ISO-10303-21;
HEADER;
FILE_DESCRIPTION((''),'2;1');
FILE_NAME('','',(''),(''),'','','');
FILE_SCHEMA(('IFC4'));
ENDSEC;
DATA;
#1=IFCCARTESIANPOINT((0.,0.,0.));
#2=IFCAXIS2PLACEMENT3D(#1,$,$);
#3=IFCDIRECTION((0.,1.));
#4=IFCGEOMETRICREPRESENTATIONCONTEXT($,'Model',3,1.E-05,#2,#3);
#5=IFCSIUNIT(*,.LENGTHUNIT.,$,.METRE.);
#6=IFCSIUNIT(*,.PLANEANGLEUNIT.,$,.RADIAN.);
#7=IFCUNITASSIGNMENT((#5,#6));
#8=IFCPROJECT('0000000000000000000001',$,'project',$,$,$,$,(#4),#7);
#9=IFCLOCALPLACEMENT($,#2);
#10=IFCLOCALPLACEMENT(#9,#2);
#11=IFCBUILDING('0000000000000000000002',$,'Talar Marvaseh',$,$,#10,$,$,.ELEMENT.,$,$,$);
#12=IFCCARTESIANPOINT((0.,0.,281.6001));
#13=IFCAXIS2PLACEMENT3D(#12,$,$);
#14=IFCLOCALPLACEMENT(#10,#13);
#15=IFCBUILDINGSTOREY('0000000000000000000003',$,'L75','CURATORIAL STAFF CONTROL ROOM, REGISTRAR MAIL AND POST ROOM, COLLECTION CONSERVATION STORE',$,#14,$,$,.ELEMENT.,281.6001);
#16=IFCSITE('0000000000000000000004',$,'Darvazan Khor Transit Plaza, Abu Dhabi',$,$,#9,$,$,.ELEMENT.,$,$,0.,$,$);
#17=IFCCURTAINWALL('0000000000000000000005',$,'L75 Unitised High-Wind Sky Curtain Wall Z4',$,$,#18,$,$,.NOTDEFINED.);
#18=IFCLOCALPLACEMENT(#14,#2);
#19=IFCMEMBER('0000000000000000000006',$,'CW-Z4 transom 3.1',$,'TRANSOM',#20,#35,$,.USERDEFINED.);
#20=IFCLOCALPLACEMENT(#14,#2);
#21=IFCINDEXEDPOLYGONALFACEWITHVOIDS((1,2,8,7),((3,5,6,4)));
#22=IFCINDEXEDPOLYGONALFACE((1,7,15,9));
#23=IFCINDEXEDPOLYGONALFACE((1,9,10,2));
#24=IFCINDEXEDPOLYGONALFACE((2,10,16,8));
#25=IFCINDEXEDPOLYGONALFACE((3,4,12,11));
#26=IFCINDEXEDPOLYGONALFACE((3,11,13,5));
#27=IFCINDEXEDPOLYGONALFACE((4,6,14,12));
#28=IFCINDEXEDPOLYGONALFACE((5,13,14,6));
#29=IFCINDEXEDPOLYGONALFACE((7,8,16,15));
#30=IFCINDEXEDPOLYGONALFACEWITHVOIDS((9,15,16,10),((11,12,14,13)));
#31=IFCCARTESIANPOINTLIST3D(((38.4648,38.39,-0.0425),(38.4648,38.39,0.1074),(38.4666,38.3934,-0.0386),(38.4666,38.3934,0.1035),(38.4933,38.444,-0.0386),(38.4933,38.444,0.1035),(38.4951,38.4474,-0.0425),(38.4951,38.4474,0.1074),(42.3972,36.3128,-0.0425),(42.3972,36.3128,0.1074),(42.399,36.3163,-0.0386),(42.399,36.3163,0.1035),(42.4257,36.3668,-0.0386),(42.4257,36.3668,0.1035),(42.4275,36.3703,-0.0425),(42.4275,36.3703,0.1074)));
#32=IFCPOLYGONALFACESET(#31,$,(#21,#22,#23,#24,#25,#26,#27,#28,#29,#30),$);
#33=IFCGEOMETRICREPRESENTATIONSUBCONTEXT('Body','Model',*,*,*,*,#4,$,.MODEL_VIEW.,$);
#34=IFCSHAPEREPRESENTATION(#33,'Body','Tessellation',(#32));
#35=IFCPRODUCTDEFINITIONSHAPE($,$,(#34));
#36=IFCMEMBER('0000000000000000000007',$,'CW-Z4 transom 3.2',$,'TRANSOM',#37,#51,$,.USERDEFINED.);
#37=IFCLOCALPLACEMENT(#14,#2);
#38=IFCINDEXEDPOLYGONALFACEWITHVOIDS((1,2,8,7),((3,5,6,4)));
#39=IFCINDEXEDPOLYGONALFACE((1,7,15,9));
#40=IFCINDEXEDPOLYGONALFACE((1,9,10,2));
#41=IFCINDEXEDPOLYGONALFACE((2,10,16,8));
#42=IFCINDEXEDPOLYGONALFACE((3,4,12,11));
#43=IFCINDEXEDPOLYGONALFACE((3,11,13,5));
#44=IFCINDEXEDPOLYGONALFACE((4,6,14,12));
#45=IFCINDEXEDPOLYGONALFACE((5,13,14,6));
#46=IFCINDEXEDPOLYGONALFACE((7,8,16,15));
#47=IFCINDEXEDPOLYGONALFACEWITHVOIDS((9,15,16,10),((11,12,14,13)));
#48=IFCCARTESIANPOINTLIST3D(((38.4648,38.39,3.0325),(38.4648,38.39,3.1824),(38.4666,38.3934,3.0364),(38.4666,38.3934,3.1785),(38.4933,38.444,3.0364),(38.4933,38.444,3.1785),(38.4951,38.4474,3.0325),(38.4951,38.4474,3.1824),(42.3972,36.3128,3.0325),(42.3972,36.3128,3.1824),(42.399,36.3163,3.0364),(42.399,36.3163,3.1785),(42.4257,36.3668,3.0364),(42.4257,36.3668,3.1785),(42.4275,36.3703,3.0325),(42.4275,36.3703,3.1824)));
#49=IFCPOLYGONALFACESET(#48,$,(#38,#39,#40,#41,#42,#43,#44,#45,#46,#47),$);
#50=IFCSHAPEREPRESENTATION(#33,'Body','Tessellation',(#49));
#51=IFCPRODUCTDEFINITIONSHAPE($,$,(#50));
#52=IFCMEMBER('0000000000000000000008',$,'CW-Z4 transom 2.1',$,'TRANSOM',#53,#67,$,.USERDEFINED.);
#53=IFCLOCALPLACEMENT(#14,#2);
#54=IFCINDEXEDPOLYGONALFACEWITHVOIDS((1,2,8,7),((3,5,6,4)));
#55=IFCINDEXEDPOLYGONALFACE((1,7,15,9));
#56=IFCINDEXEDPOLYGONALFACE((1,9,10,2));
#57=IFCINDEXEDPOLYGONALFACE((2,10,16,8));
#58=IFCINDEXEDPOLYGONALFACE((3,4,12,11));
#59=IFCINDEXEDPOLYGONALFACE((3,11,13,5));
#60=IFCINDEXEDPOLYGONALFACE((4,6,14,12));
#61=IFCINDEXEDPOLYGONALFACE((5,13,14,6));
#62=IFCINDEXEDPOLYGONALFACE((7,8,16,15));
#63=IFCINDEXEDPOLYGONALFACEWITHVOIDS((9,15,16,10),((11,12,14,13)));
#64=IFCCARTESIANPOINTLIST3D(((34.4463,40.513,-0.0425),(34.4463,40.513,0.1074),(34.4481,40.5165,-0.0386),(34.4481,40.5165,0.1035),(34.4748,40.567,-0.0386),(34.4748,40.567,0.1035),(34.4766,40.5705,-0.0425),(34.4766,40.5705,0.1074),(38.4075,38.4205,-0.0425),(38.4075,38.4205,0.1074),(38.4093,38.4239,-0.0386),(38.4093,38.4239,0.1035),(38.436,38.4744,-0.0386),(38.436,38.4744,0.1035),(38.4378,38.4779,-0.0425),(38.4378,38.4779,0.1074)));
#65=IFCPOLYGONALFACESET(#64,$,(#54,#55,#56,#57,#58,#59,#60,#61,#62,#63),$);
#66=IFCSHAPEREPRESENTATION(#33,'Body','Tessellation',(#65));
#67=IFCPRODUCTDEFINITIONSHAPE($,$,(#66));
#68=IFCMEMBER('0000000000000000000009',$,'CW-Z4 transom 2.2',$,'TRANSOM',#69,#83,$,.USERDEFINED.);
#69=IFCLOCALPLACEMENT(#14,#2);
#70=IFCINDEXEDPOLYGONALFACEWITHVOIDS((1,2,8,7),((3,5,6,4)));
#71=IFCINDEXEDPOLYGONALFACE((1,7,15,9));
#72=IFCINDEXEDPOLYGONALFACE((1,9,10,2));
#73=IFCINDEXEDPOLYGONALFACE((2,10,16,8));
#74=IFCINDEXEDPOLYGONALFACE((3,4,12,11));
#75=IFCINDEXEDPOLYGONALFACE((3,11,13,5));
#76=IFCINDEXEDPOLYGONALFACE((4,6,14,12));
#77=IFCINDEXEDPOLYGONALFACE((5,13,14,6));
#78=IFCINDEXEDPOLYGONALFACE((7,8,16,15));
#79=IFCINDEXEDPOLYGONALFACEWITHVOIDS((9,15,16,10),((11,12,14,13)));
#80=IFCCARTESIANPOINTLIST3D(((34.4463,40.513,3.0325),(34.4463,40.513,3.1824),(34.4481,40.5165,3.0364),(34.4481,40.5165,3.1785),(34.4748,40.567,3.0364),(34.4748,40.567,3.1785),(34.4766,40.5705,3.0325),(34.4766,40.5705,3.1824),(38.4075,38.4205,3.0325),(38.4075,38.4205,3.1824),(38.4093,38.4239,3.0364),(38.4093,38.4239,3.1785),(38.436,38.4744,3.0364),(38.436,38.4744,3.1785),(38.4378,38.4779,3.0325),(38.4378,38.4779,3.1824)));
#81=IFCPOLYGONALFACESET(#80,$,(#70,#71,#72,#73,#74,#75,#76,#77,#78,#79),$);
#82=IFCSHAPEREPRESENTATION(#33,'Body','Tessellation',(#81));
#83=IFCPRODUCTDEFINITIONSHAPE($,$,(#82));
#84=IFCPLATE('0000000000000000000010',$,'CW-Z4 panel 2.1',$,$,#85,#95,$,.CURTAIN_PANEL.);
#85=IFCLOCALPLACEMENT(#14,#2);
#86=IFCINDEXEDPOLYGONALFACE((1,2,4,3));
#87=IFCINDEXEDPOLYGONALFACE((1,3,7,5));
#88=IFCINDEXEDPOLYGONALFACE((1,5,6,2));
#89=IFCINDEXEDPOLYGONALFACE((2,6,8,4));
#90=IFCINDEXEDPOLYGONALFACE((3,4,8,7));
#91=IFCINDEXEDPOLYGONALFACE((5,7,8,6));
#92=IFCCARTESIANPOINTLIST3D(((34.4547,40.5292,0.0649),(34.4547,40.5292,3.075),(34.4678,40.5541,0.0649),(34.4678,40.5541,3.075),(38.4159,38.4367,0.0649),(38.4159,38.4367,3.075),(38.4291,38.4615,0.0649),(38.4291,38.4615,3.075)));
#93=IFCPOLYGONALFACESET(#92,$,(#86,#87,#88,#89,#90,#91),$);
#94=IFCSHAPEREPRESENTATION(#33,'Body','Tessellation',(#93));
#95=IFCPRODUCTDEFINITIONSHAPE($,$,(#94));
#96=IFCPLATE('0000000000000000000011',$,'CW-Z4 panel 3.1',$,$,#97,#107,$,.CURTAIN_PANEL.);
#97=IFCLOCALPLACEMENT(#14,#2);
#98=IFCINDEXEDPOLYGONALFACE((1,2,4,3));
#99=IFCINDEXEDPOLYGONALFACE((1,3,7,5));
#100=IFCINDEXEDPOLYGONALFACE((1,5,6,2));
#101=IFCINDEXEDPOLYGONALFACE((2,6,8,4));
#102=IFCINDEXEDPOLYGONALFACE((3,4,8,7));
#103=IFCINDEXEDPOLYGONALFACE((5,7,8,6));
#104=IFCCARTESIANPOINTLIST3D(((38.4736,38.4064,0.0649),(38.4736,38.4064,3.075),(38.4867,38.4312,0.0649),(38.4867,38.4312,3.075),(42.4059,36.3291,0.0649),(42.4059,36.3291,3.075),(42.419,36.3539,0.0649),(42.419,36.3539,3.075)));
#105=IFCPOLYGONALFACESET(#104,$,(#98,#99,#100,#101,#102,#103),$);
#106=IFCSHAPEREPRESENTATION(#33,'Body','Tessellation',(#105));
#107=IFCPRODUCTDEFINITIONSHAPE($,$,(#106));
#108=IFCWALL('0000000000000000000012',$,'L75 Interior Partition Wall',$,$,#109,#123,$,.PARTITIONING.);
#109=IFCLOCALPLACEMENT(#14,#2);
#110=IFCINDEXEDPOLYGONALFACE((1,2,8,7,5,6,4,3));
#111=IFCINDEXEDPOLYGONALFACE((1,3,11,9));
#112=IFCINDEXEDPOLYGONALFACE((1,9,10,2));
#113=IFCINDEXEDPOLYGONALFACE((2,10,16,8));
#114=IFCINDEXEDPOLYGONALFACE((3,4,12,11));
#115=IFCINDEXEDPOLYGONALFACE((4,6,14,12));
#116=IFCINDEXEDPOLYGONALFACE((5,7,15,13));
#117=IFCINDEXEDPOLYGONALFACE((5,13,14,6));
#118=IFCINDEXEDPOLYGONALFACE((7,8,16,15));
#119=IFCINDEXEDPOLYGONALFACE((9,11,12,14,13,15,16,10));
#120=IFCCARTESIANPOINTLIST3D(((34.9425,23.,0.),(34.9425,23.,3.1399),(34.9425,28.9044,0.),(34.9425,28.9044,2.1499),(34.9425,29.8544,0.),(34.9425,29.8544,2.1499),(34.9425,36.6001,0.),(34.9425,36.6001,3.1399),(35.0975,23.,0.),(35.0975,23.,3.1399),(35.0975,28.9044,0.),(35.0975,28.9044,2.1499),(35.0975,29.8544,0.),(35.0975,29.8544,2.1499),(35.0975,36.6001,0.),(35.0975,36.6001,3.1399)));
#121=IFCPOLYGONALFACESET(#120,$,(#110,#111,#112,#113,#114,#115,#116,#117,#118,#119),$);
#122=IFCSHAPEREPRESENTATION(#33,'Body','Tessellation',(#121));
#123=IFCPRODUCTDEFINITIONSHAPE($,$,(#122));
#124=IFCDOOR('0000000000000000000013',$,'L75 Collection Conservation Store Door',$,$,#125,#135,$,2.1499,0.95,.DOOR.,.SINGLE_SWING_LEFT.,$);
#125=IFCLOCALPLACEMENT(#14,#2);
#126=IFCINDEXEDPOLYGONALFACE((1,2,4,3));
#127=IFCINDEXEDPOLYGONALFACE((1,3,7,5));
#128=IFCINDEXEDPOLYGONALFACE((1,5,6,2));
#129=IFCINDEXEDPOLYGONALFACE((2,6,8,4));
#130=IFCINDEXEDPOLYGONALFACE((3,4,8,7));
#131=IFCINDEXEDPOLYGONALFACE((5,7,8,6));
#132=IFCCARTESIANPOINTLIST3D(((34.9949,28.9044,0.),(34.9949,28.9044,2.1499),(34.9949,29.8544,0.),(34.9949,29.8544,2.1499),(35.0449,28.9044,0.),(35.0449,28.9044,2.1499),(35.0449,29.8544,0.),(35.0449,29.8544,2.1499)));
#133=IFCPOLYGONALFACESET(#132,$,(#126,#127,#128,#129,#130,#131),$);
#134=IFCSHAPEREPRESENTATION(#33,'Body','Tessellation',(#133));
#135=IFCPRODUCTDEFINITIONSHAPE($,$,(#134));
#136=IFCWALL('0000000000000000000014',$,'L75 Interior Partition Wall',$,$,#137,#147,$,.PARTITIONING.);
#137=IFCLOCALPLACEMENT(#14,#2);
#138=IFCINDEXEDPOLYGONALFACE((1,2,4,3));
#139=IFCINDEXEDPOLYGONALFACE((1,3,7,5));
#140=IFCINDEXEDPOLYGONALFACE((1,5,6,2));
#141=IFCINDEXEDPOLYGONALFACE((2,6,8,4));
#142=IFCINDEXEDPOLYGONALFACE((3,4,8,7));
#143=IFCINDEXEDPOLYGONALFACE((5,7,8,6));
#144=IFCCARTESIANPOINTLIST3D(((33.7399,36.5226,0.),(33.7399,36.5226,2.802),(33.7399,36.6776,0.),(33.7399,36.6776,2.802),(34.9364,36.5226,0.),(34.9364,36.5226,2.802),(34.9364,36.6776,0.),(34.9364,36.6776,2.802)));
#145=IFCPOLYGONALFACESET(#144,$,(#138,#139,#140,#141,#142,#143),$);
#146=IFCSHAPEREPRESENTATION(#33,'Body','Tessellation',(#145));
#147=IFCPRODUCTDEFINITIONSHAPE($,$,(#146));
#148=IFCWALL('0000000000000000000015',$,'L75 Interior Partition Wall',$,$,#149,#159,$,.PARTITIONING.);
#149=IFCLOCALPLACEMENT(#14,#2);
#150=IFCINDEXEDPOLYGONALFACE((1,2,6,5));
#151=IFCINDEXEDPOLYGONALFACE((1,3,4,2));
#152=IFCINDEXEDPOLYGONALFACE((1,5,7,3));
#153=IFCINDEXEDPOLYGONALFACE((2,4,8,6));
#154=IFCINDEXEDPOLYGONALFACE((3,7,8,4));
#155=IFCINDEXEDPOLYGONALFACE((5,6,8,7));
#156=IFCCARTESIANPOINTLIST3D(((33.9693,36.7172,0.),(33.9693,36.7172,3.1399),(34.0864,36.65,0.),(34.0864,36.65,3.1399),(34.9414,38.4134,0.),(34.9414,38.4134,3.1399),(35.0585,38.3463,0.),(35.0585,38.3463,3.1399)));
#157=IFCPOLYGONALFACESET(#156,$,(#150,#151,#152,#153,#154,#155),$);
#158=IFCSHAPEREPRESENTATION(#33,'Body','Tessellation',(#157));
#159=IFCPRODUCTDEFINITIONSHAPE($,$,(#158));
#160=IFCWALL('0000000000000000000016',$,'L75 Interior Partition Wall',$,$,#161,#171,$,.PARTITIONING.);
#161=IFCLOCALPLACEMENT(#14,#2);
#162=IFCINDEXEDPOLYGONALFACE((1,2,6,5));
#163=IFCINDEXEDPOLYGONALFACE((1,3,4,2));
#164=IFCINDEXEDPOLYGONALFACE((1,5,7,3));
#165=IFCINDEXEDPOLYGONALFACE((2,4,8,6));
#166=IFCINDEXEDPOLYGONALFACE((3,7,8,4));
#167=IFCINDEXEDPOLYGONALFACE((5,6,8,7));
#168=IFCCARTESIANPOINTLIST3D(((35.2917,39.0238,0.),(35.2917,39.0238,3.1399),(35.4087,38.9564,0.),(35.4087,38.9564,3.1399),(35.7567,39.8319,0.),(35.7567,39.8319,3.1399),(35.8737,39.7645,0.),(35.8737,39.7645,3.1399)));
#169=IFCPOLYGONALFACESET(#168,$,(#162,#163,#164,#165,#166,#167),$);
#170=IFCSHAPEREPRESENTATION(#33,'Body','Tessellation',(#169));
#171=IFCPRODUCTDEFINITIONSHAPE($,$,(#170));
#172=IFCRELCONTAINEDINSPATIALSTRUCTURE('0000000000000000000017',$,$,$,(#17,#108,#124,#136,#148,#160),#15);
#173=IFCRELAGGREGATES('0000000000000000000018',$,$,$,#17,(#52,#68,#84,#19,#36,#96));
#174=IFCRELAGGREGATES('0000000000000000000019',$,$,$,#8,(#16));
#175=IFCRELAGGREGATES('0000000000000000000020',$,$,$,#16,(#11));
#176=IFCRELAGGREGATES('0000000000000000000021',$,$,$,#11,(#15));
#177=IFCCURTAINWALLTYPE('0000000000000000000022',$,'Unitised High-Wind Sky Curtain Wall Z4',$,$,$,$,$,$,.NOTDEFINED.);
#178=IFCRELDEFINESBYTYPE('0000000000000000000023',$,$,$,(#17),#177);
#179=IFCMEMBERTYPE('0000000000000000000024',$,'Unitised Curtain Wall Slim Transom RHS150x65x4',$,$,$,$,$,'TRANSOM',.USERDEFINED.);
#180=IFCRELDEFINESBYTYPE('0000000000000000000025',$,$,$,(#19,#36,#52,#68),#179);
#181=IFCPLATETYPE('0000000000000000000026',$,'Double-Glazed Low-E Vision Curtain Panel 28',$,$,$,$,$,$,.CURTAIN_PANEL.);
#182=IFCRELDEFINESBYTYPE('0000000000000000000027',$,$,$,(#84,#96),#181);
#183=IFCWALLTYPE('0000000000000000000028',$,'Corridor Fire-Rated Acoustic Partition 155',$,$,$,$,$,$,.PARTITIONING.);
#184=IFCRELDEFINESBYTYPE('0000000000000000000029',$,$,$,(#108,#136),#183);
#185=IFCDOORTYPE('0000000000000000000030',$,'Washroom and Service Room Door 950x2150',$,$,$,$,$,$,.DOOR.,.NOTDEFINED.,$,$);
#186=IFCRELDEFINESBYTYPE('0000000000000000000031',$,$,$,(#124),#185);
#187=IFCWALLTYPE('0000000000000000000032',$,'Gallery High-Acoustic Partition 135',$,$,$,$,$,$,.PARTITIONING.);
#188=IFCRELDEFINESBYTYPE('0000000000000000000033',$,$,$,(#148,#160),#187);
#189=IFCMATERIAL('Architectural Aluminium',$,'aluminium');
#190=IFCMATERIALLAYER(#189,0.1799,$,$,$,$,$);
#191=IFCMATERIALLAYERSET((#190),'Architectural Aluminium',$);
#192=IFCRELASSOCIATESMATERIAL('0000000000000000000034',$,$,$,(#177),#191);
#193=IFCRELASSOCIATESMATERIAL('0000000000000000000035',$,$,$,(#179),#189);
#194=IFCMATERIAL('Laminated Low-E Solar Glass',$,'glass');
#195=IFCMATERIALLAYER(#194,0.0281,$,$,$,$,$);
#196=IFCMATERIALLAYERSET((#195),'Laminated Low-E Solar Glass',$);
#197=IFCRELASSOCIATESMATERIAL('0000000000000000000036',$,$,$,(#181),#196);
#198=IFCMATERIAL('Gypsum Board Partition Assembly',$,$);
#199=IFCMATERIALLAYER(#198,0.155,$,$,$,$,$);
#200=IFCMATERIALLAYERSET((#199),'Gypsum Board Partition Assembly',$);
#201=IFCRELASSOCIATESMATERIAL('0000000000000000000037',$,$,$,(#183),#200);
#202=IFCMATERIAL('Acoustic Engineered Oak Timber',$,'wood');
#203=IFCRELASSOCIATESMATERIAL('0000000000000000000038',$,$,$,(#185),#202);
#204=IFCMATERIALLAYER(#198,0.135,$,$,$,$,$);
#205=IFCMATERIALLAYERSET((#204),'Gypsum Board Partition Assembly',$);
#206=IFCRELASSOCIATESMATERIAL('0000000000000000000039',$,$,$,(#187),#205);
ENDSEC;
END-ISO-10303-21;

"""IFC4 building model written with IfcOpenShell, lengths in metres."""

from ifc_helpers import new_model, si_unit, direction, frame, frame_2d, origin, origin_2d, place, context, subcontext, project, spatial, rectangle, hollow_rectangle, extrude, source, transform, mapped, material, layer, layer_set, material_profile, profile_set, type_object, type_shapes, element, fill, aggregate, save


model = new_model("IFC4")

# Units and contexts
model_context = context("Model", 3, precision=1e-05, world=origin(), true_north=direction((0.0, 1.0)))
body_context = subcontext(model_context, "Body", "Model", "MODEL_VIEW")
ifc_project = project(units=[si_unit("LENGTHUNIT", "METRE"), si_unit("PLANEANGLEUNIT", "RADIAN")], contexts=[model_context])

# Site, building, storey
site_placement = place(None, origin())
site = spatial("IfcSite", under=ifc_project, at=site_placement, Name="Darvazan Khor Transit Plaza, Abu Dhabi", CompositionType="ELEMENT", RefElevation=0.0)
building_placement = place(site_placement, origin())
building = spatial("IfcBuilding", under=site, at=building_placement, Name="Talar Marvaseh", CompositionType="ELEMENT")
storey_placement = place(building_placement, frame((0.0, 0.0, 281.6001)))
storey = spatial("IfcBuildingStorey", under=building, at=storey_placement, Name="L75", Description="CURATORIAL STAFF CONTROL ROOM, REGISTRAR MAIL AND POST ROOM, COLLECTION CONSERVATION STORE", CompositionType="ELEMENT", Elevation=281.6001)

# Curtain wall, members, plates
ifc_material_1 = material(Name="Architectural Aluminium", Category="aluminium")
ifc_layer_1 = layer(ifc_material_1, 0.1799)
ifc_layer_set_1 = layer_set([ifc_layer_1], Name="Architectural Aluminium")
curtain_wall_type = type_object("IfcCurtainWallType", Name="Unitised High-Wind Sky Curtain Wall Z4", PredefinedType="NOTDEFINED", material=ifc_layer_set_1)
curtain_wall_placement = place(storey_placement, origin())
curtain_wall = element("IfcCurtainWall", 1, at=curtain_wall_placement, inside=storey, type_object=curtain_wall_type, Name="L75 Unitised High-Wind Sky Curtain Wall Z4", PredefinedType="NOTDEFINED")
ifc_material_profile_1 = material_profile(ifc_material_1, hollow_rectangle(XDim=0.0649, YDim=0.1499, WallThickness=0.0039, at=origin_2d()), Name="RHS150x65x4")
ifc_profile_set_1 = profile_set([ifc_material_profile_1], Name="Architectural Aluminium")
member_type_1 = type_object("IfcMemberType", Name="Unitised Curtain Wall Slim Transom RHS150x65x4", ElementType="TRANSOM", PredefinedType="USERDEFINED", material=ifc_profile_set_1)
shared_shape_1 = source(origin(), body_context, "Body", "SweptSolid", [
    extrude(hollow_rectangle(XDim=0.0649, YDim=0.1499, WallThickness=0.0039, at=origin_2d()), origin(), (0.0, 0.0, 1.0), 4.4473),
])
member_1_placement = place(storey_placement, frame((38.48, 38.4187, 0.0325), z_axis=(0.884224, -0.467063, 0.0), x_axis=(0.467063, 0.884224, 0.0)))
member_1 = element("IfcMember", 2, at=member_1_placement, type_object=member_type_1, Name="CW-Z4 transom 3.1", ObjectType="TRANSOM", PredefinedType="USERDEFINED", context=body_context, shape_type="MappedRepresentation", body=[
    mapped(shared_shape_1, transform((0.0, 0.0, 0.0), x_axis=(1.0, 0.0, 0.0), y_axis=(0.0, 1.0, 0.0), z_axis=(0.0, 0.0, 1.0), scale=1.0)),
])
member_2_placement = place(storey_placement, frame((38.48, 38.4187, 3.1074), z_axis=(0.884224, -0.467063, 0.0), x_axis=(0.467063, 0.884224, 0.0)))
member_2 = element("IfcMember", 3, at=member_2_placement, type_object=member_type_1, Name="CW-Z4 transom 3.2", ObjectType="TRANSOM", PredefinedType="USERDEFINED", context=body_context, shape_type="MappedRepresentation", body=[
    mapped(shared_shape_1, transform((0.0, 0.0, 0.0), x_axis=(1.0, 0.0, 0.0), y_axis=(0.0, 1.0, 0.0), z_axis=(0.0, 0.0, 1.0), scale=1.0)),
])
shared_shape_2 = source(origin(), body_context, "Body", "SweptSolid", [
    extrude(hollow_rectangle(XDim=0.0649, YDim=0.1499, WallThickness=0.0039, at=origin_2d()), origin(), (0.0, 0.0, 1.0), 4.48),
])
type_shapes(member_type_1, [shared_shape_1, shared_shape_2])
member_3_placement = place(storey_placement, frame((34.4614, 40.5417, 0.0325), z_axis=(0.884209, -0.467091, 0.0), x_axis=(0.467091, 0.884209, 0.0)))
member_3 = element("IfcMember", 4, at=member_3_placement, type_object=member_type_1, Name="CW-Z4 transom 2.1", ObjectType="TRANSOM", PredefinedType="USERDEFINED", context=body_context, shape_type="MappedRepresentation", body=[
    mapped(shared_shape_2, transform((0.0, 0.0, 0.0), x_axis=(1.0, 0.0, 0.0), y_axis=(0.0, 1.0, 0.0), z_axis=(0.0, 0.0, 1.0), scale=1.0)),
])
member_4_placement = place(storey_placement, frame((34.4614, 40.5417, 3.1074), z_axis=(0.884209, -0.467091, 0.0), x_axis=(0.467091, 0.884209, 0.0)))
member_4 = element("IfcMember", 5, at=member_4_placement, type_object=member_type_1, Name="CW-Z4 transom 2.2", ObjectType="TRANSOM", PredefinedType="USERDEFINED", context=body_context, shape_type="MappedRepresentation", body=[
    mapped(shared_shape_2, transform((0.0, 0.0, 0.0), x_axis=(1.0, 0.0, 0.0), y_axis=(0.0, 1.0, 0.0), z_axis=(0.0, 0.0, 1.0), scale=1.0)),
])
ifc_material_2 = material(Name="Laminated Low-E Solar Glass", Category="glass")
ifc_layer_2 = layer(ifc_material_2, 0.0281)
ifc_layer_set_2 = layer_set([ifc_layer_2], Name="Laminated Low-E Solar Glass")
plate_type = type_object("IfcPlateType", Name="Double-Glazed Low-E Vision Curtain Panel 28", PredefinedType="CURTAIN_PANEL", material=ifc_layer_set_2)
shared_shape_3 = source(origin(), body_context, "Body", "SweptSolid", [
    extrude(rectangle(XDim=4.48, YDim=0.0281, at=origin_2d()), origin(), (0.0, 0.0, 1.0), 3.01),
])
plate_1_placement = place(storey_placement, frame((36.4419, 39.4954, 0.0649), z_axis=(0.0, 0.0, 1.0), x_axis=(0.884206, -0.467098, 0.0)))
plate_1 = element("IfcPlate", 6, at=plate_1_placement, type_object=plate_type, Name="CW-Z4 panel 2.1", PredefinedType="CURTAIN_PANEL", context=body_context, shape_type="MappedRepresentation", body=[
    mapped(shared_shape_3, transform((0.0, 0.0, 0.0), x_axis=(1.0, 0.0, 0.0), y_axis=(0.0, 1.0, 0.0), z_axis=(0.0, 0.0, 1.0), scale=1.0)),
])
shared_shape_4 = source(origin(), body_context, "Body", "SweptSolid", [
    extrude(rectangle(XDim=4.4473, YDim=0.0281, at=origin_2d()), origin(), (0.0, 0.0, 1.0), 3.01),
])
type_shapes(plate_type, [shared_shape_3, shared_shape_4])
plate_2_placement = place(storey_placement, frame((40.4463, 37.3801, 0.0649), z_axis=(0.0, 0.0, 1.0), x_axis=(0.884206, -0.467098, 0.0)))
plate_2 = element("IfcPlate", 7, at=plate_2_placement, type_object=plate_type, Name="CW-Z4 panel 3.1", PredefinedType="CURTAIN_PANEL", context=body_context, shape_type="MappedRepresentation", body=[
    mapped(shared_shape_4, transform((0.0, 0.0, 0.0), x_axis=(1.0, 0.0, 0.0), y_axis=(0.0, 1.0, 0.0), z_axis=(0.0, 0.0, 1.0), scale=1.0)),
])
aggregate(curtain_wall, [member_3, member_4, plate_1, member_1, member_2, plate_2])

# Wall, opening, door
ifc_material_3 = material(Name="Gypsum Board Partition Assembly")
ifc_layer_3 = layer(ifc_material_3, 0.155)
ifc_layer_set_3 = layer_set([ifc_layer_3], Name="Gypsum Board Partition Assembly")
wall_type_1 = type_object("IfcWallType", Name="Corridor Fire-Rated Acoustic Partition 155", PredefinedType="PARTITIONING", material=ifc_layer_set_3)
wall_1_placement = place(storey_placement, frame((35.02, 36.6001, 0.0), z_axis=(0.0, 0.0, 1.0), x_axis=(0.0, -1.0, 0.0)))
wall_1 = element("IfcWall", 8, at=wall_1_placement, inside=storey, type_object=wall_type_1, Name="L75 Interior Partition Wall", PredefinedType="PARTITIONING", context=body_context, shape_type="SweptSolid", body=[
    extrude(rectangle(XDim=13.6001, YDim=0.155, at=frame_2d((6.8, 0.0))), origin(), (0.0, 0.0, 1.0), 3.1399),
])
opening_placement = place(wall_1_placement, frame((6.7456, 0.0, 0.0)))
opening = element("IfcOpeningElement", 9, at=opening_placement, cuts=wall_1, PredefinedType="OPENING", context=body_context, shape_type="SweptSolid", body=[
    extrude(rectangle(XDim=0.95, YDim=2.1499, at=frame_2d((0.4751, 1.075))), frame((0.0, 0.0874, 0.0), z_axis=(0.0, -1.0, 0.0), x_axis=(1.0, 0.0, 0.0)), (0.0, 0.0, 1.0), 0.175),
])
ifc_material_4 = material(Name="Acoustic Engineered Oak Timber", Category="wood")
door_type = type_object("IfcDoorType", Name="Washroom and Service Room Door 950x2150", OperationType="NOTDEFINED", PredefinedType="DOOR", material=ifc_material_4)
shared_shape_5 = source(origin(), body_context, "Body", "SweptSolid", [
    extrude(rectangle(XDim=0.95, YDim=2.1499, at=frame_2d((0.4751, 1.075))), frame((0.0, 0.0249, 0.0), z_axis=(0.0, -1.0, 0.0), x_axis=(1.0, 0.0, 0.0)), (0.0, 0.0, 1.0), 0.05),
])
type_shapes(door_type, [shared_shape_5])
door_placement = place(opening_placement, origin())
door = element("IfcDoor", 10, at=door_placement, inside=storey, type_object=door_type, Name="L75 Collection Conservation Store Door", OperationType="SINGLE_SWING_LEFT", OverallHeight=2.1499, OverallWidth=0.95, PredefinedType="DOOR", context=body_context, shape_type="MappedRepresentation", body=[
    mapped(shared_shape_5, transform((0.0, 0.0, 0.0), x_axis=(1.0, 0.0, 0.0), y_axis=(0.0, 1.0, 0.0), z_axis=(0.0, 0.0, 1.0), scale=1.0)),
])
fill(opening, door)

# Walls
wall_2_placement = place(storey_placement, frame((33.74, 36.6001, 0.0), z_axis=(0.0, 0.0, 1.0), x_axis=(1.0, 0.0, 0.0)))
element("IfcWall", 11, at=wall_2_placement, inside=storey, type_object=wall_type_1, Name="L75 Interior Partition Wall", PredefinedType="PARTITIONING", context=body_context, shape_type="SweptSolid", body=[
    extrude(rectangle(XDim=1.1965, YDim=0.155, at=frame_2d((0.5981, 0.0))), origin(), (0.0, 0.0, 1.0), 2.802),
])
ifc_layer_4 = layer(ifc_material_3, 0.135)
ifc_layer_set_4 = layer_set([ifc_layer_4], Name="Gypsum Board Partition Assembly")
wall_type_2 = type_object("IfcWallType", Name="Gallery High-Acoustic Partition 135", PredefinedType="PARTITIONING", material=ifc_layer_set_4)
wall_3_placement = place(storey_placement, frame((34.0278, 36.6836, 0.0), z_axis=(0.0, 0.0, 1.0), x_axis=(0.497241, 0.867612, 0.0)))
element("IfcWall", 12, at=wall_3_placement, inside=storey, type_object=wall_type_2, Name="L75 Interior Partition Wall", PredefinedType="PARTITIONING", context=body_context, shape_type="SweptSolid", body=[
    extrude(rectangle(XDim=1.9551, YDim=0.135, at=frame_2d((0.9775, 0.0))), origin(), (0.0, 0.0, 1.0), 3.1399),
])
wall_4_placement = place(storey_placement, frame((35.3501, 38.99, 0.0), z_axis=(0.0, 0.0, 1.0), x_axis=(0.498815, 0.866708, 0.0)))
element("IfcWall", 13, at=wall_4_placement, inside=storey, type_object=wall_type_2, Name="L75 Interior Partition Wall", PredefinedType="PARTITIONING", context=body_context, shape_type="SweptSolid", body=[
    extrude(rectangle(XDim=0.9324, YDim=0.135, at=frame_2d((0.4663, 0.0))), origin(), (0.0, 0.0, 1.0), 3.1399),
])

save(model, "model.ifc")
